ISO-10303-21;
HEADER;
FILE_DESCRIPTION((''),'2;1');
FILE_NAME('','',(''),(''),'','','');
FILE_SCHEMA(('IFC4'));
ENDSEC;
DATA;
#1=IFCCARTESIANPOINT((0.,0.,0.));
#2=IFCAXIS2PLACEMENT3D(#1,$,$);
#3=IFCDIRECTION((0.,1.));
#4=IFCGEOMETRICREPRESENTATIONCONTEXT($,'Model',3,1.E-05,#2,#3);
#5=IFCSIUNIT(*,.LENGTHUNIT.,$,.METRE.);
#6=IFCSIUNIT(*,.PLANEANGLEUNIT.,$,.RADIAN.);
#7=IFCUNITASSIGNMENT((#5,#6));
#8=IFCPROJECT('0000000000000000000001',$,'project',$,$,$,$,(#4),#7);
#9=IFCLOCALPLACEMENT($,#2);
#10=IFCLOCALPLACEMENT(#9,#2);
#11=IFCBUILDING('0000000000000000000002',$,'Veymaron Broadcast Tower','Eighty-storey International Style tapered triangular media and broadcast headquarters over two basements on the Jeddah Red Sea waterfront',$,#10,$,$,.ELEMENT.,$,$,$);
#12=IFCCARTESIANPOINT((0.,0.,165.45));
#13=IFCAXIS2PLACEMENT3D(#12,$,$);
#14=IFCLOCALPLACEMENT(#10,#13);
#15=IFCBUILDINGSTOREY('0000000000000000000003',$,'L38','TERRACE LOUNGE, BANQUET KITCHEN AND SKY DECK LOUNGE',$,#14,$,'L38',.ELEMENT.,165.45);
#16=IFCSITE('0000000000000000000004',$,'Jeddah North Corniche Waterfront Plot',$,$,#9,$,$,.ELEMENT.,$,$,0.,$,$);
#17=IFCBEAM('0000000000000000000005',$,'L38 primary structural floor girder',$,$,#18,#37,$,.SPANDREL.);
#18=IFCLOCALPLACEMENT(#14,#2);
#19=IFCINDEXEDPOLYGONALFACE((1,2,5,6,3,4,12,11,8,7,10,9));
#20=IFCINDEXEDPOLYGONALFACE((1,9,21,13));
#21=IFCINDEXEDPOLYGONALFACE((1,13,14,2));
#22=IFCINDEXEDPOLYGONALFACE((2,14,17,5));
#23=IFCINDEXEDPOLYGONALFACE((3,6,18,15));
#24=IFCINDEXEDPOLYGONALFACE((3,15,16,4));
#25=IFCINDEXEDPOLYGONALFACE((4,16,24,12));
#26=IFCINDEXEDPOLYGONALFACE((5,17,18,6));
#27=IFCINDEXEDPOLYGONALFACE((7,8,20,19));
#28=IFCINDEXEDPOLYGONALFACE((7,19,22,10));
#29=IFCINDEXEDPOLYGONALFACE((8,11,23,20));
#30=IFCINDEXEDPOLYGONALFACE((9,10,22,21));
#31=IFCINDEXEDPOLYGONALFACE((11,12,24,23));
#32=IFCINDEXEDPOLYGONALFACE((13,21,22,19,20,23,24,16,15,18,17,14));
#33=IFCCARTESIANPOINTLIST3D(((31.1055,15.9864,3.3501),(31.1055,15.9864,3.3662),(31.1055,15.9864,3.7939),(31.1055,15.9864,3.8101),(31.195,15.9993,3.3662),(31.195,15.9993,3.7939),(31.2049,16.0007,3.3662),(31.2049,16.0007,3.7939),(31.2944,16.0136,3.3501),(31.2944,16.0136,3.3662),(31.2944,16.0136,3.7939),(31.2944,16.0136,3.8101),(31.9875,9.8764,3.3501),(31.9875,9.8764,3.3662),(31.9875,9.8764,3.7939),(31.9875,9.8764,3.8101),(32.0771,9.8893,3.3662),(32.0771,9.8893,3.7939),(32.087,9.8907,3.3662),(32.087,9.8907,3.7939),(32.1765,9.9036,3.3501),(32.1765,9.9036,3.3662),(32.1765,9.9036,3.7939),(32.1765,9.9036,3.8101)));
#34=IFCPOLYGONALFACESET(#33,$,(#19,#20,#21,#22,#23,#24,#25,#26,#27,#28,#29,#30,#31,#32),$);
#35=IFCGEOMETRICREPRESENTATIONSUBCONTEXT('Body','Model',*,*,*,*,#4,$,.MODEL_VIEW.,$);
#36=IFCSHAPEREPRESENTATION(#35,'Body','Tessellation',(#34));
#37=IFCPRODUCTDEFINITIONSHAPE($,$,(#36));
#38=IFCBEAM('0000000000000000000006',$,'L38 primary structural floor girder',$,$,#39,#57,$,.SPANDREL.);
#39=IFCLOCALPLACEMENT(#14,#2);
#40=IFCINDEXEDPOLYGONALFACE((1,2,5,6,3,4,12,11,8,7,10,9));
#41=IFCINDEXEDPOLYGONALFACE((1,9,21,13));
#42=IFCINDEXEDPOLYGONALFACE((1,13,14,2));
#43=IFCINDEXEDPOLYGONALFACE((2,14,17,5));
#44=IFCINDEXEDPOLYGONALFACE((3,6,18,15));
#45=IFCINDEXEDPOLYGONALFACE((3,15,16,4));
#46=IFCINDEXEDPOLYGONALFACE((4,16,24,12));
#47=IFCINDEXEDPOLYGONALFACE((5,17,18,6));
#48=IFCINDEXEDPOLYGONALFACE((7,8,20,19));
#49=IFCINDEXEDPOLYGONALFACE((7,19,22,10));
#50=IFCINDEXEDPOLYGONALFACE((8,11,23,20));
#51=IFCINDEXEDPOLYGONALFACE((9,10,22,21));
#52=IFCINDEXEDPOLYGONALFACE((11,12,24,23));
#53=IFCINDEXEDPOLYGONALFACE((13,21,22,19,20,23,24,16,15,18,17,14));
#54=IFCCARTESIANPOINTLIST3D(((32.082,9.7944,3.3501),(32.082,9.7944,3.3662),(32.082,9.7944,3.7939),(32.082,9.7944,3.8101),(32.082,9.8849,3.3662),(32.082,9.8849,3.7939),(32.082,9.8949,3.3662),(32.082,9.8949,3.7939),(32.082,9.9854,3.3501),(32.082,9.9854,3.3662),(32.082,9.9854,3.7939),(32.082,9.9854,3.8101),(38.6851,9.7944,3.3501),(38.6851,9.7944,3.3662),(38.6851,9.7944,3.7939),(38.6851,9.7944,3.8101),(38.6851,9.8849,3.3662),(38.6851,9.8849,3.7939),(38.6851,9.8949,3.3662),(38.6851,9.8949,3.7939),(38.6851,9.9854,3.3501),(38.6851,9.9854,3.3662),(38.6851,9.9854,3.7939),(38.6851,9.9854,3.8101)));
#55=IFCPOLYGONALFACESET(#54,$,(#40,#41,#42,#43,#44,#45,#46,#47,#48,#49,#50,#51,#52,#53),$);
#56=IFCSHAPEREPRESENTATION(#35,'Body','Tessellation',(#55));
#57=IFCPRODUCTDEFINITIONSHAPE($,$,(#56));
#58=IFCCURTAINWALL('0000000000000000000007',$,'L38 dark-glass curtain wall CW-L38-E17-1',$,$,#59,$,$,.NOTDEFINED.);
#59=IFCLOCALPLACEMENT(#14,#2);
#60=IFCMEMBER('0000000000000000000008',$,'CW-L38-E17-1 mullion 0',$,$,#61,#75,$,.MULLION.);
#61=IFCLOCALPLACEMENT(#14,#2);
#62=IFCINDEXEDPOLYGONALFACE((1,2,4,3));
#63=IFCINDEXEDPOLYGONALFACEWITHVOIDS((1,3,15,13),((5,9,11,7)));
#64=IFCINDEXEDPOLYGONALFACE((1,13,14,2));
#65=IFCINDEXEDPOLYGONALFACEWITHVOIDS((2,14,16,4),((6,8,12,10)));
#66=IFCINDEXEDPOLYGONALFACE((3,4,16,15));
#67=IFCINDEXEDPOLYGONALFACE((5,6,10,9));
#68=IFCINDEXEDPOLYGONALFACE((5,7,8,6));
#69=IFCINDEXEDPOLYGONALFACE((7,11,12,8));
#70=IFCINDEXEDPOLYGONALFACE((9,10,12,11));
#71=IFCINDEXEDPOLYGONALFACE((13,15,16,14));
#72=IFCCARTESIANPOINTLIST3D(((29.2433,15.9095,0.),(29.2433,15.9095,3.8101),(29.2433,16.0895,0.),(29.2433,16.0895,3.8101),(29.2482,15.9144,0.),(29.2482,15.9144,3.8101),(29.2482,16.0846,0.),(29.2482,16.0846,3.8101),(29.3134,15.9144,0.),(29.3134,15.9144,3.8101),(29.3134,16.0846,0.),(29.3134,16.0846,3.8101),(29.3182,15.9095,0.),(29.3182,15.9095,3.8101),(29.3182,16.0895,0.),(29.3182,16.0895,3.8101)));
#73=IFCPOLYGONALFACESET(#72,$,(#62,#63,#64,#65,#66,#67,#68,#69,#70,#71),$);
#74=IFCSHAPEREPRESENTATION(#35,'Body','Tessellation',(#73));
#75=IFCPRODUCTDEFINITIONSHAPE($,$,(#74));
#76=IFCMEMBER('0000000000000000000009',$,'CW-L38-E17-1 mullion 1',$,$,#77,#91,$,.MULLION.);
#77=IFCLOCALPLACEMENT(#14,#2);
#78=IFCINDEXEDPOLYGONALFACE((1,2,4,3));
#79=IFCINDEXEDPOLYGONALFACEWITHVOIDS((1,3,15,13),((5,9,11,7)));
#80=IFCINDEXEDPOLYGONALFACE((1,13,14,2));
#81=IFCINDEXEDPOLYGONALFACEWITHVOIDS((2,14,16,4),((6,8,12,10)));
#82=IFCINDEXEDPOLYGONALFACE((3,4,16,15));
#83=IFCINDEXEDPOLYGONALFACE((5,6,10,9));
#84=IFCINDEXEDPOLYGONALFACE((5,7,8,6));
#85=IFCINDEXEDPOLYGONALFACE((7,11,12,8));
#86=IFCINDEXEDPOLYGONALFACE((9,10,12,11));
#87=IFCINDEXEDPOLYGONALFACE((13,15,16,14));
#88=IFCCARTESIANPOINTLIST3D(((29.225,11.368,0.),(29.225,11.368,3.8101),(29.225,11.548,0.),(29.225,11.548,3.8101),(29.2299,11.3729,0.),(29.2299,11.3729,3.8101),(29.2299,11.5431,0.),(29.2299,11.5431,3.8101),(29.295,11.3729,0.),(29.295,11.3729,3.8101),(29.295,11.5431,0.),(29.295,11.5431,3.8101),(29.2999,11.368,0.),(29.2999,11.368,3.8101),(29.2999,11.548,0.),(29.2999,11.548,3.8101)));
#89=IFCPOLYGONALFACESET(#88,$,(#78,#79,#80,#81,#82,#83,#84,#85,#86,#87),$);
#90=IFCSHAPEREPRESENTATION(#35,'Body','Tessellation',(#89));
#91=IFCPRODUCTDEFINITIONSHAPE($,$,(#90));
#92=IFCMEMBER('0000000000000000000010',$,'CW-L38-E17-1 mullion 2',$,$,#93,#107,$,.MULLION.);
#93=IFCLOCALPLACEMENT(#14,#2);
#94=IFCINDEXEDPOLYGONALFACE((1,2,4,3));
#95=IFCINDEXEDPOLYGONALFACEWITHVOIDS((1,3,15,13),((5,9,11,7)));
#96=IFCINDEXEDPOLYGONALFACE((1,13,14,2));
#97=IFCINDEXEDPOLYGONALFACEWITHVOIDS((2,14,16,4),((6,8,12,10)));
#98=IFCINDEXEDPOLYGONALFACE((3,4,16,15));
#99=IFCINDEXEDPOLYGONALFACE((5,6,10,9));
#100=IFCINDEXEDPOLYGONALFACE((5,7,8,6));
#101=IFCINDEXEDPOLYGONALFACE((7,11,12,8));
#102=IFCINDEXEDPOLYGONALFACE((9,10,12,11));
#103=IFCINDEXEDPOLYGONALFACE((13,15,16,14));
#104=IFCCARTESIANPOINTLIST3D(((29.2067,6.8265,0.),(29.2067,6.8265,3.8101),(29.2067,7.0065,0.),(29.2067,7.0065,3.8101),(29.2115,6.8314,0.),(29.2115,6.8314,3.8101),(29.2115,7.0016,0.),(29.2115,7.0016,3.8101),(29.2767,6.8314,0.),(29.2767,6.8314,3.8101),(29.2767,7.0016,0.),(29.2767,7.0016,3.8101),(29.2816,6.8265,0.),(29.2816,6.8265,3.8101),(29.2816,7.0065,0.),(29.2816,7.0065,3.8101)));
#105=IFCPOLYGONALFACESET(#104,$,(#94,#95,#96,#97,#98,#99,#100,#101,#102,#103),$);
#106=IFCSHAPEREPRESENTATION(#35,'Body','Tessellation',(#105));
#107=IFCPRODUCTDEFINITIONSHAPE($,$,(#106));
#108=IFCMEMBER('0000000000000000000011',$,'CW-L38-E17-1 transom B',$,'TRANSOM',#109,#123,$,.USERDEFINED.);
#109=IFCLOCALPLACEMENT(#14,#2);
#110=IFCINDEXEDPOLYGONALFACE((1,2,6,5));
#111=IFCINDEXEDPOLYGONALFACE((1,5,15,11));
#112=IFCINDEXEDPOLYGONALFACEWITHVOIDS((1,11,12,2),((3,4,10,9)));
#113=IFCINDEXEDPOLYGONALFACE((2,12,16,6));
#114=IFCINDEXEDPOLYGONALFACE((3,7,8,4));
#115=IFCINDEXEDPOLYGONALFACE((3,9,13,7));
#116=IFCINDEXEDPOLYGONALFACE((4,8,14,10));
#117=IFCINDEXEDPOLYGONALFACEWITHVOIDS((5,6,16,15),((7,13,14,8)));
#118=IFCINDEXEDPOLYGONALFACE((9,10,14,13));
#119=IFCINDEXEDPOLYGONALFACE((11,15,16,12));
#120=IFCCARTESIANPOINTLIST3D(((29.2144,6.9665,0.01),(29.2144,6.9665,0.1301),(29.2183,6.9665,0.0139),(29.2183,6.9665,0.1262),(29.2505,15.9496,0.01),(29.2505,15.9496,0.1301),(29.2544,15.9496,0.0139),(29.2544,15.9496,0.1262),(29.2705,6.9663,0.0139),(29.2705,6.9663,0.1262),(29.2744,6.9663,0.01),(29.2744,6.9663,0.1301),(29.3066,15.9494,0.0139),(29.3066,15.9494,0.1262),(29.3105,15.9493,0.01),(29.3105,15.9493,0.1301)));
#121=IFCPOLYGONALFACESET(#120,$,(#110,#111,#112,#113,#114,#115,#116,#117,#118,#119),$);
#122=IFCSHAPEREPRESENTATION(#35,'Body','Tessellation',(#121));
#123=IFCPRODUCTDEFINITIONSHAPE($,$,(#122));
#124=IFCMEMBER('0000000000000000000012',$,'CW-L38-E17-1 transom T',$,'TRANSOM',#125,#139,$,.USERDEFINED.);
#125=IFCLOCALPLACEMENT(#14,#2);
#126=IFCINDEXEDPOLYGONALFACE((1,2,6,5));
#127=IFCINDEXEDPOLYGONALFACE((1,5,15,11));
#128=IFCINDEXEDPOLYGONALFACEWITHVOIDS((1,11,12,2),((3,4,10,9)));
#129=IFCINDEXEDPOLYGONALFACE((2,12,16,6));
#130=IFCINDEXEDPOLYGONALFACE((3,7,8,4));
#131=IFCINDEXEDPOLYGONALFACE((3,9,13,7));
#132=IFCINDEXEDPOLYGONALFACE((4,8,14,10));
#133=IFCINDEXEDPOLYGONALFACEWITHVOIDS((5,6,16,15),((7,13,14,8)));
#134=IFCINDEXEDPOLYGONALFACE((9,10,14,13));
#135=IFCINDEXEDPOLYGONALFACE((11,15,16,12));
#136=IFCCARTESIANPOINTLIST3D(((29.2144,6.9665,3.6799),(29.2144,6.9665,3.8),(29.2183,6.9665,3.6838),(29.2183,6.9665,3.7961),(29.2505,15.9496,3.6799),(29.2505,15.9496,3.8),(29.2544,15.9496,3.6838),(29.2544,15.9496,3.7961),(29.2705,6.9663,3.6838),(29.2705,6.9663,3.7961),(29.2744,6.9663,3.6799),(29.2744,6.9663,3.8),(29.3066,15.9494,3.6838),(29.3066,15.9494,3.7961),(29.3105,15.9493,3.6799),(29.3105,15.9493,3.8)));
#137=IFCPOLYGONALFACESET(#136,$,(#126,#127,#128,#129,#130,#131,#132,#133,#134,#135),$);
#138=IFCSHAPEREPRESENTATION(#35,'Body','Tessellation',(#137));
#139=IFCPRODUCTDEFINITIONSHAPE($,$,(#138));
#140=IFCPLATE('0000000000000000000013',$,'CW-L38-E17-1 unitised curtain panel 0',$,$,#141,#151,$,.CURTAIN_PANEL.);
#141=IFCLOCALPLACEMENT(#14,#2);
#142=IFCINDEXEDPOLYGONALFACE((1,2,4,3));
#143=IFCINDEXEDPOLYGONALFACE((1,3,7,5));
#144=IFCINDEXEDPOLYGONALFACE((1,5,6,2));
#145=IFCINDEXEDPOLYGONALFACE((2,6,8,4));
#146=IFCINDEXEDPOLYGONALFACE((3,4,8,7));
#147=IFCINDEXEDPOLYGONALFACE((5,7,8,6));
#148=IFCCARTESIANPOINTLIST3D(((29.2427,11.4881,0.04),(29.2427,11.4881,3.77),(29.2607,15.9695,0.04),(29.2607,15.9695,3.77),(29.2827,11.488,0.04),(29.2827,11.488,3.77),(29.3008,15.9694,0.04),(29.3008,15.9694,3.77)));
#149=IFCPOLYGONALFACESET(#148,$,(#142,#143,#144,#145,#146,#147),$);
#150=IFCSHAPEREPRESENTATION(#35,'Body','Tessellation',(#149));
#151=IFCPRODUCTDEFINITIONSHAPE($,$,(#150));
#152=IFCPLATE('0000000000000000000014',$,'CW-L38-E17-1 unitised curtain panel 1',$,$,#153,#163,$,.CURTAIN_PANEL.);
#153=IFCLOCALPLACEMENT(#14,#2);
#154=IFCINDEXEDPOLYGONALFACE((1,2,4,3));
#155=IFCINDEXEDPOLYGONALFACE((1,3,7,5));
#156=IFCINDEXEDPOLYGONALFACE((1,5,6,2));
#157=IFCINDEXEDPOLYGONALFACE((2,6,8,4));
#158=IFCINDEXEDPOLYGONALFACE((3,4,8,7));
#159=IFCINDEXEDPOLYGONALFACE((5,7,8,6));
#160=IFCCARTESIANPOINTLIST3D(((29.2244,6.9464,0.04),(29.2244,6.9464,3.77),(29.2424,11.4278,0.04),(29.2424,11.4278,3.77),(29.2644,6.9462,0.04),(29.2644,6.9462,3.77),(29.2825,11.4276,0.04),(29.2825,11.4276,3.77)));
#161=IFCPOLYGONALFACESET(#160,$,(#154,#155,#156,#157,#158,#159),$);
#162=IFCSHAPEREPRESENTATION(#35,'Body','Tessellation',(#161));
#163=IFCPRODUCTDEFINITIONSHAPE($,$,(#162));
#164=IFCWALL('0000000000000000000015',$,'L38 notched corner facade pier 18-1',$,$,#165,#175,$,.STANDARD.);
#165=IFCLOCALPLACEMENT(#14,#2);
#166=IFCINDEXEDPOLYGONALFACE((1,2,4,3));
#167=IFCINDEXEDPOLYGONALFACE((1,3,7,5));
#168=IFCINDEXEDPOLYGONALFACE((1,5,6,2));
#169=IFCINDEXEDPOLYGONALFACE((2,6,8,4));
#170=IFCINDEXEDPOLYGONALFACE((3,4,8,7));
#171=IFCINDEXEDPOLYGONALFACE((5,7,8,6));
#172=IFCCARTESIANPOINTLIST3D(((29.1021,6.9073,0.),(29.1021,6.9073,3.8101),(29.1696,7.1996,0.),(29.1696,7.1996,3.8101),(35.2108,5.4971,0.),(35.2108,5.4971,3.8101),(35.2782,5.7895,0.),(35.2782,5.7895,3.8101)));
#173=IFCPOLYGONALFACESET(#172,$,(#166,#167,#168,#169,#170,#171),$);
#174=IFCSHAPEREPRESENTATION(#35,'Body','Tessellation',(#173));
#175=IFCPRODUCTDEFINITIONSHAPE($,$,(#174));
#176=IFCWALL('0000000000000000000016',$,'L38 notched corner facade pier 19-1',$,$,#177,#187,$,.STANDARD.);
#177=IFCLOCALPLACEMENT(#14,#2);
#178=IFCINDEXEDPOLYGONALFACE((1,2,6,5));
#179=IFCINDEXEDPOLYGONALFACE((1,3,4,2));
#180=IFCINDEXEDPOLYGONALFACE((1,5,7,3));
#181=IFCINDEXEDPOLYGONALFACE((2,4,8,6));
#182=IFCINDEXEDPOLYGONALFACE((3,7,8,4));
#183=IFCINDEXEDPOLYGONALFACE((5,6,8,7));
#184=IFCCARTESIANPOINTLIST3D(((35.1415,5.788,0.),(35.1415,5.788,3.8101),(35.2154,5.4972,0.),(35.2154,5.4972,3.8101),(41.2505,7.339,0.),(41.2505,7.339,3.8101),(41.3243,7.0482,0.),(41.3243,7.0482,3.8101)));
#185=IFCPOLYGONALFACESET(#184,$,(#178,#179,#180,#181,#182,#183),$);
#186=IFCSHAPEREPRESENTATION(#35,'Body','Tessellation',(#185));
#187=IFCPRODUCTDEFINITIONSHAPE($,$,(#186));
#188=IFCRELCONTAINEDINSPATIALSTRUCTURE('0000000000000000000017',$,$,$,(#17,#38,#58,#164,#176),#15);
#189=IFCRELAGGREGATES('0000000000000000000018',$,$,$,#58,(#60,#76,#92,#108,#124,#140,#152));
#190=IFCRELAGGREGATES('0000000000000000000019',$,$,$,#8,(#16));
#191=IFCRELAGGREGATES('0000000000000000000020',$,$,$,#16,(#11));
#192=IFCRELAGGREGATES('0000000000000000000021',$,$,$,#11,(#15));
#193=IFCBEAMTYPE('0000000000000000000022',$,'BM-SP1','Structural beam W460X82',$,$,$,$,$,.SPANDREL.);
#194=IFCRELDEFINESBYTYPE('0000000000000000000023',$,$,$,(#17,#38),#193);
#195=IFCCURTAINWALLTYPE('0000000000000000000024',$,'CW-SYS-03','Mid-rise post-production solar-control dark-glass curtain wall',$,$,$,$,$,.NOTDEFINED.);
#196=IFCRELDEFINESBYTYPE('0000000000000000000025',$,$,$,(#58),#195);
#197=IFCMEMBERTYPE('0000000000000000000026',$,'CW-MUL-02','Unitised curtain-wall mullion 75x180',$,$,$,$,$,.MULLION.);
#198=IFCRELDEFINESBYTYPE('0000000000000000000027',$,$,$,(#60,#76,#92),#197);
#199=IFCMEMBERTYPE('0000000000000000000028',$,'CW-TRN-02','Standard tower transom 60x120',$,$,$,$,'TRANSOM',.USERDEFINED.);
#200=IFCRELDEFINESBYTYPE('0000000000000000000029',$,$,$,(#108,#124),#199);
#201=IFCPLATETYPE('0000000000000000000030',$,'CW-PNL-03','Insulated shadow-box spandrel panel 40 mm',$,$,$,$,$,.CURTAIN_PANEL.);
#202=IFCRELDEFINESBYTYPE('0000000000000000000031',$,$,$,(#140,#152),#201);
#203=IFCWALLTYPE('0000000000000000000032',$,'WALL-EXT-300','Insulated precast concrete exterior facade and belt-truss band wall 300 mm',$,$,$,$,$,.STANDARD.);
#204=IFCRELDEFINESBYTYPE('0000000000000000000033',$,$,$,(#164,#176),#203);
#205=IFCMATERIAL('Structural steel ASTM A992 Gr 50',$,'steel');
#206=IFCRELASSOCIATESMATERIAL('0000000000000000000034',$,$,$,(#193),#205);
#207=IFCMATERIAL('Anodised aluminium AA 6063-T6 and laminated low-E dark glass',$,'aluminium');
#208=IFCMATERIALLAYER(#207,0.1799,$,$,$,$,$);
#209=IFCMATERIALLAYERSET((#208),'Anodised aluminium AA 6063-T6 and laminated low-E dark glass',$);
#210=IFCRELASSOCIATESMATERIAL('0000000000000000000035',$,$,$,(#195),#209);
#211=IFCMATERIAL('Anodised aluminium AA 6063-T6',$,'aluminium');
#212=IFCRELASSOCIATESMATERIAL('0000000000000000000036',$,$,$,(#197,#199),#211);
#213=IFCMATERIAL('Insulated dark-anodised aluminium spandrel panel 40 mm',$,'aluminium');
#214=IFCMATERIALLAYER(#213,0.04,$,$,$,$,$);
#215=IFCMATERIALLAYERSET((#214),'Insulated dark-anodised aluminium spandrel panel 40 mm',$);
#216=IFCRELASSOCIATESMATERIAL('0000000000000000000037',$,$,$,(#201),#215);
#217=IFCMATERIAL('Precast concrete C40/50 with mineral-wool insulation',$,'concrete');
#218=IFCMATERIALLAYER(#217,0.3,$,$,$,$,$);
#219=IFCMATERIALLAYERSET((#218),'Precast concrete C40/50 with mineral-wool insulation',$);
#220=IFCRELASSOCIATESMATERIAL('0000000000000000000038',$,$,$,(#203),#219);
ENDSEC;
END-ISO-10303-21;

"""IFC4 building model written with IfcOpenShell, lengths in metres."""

from ifc_helpers import new_model, si_unit, direction, frame, frame_2d, origin, origin_2d, place, context, subcontext, project, spatial, rectangle, hollow_rectangle, i_section, extrude, material, layer, layer_set, material_profile, profile_set, type_object, element, aggregate, save


model = new_model("IFC4")

# Units and contexts
model_context = context("Model", 3, precision=1e-05, world=origin(), true_north=direction((0.0, 1.0)))
body_context = subcontext(model_context, "Body", "Model", "MODEL_VIEW")
ifc_project = project(units=[si_unit("LENGTHUNIT", "METRE"), si_unit("PLANEANGLEUNIT", "RADIAN")], contexts=[model_context])

# Site, building, storey
site_placement = place(None, origin())
site = spatial("IfcSite", under=ifc_project, at=site_placement, Name="Jeddah North Corniche Waterfront Plot", CompositionType="ELEMENT", RefElevation=0.0)
building_placement = place(site_placement, origin())
building = spatial("IfcBuilding", under=site, at=building_placement, Name="Veymaron Broadcast Tower", Description="Eighty-storey International Style tapered triangular media and broadcast headquarters over two basements on the Jeddah Red Sea waterfront", CompositionType="ELEMENT")
storey_placement = place(building_placement, frame((0.0, 0.0, 165.45)))
storey = spatial("IfcBuildingStorey", under=building, at=storey_placement, Name="L38", Description="TERRACE LOUNGE, BANQUET KITCHEN AND SKY DECK LOUNGE", LongName="L38", CompositionType="ELEMENT", Elevation=165.45)

# Shared definitions
ifc_material_1 = material(Name="Structural steel ASTM A992 Gr 50", Category="steel")

# Beams
ifc_material_profile_1 = material_profile(ifc_material_1, i_section(OverallWidth=0.1909, OverallDepth=0.46, WebThickness=0.01, FlangeThickness=0.0161, at=origin_2d()), Name="W460X82")
ifc_profile_set_1 = profile_set([ifc_material_profile_1], Name="Structural steel ASTM A992 Gr 50")
beam_type_1 = type_object("IfcBeamType", Name="BM-SP1", Description="Structural beam W460X82", PredefinedType="SPANDREL", material=ifc_profile_set_1)
beam_1_placement = place(storey_placement, frame((31.2, 16.0, 3.5801), z_axis=(0.142883, -0.98974, 0.0), x_axis=(0.98974, 0.142883, 0.0)))
element("IfcBeam", 1, at=beam_1_placement, inside=storey, type_object=beam_type_1, Name="L38 primary structural floor girder", PredefinedType="SPANDREL", context=body_context, shape_type="SweptSolid", body=[
    extrude(i_section(OverallWidth=0.1909, OverallDepth=0.46, WebThickness=0.01, FlangeThickness=0.0161, at=origin_2d()), origin(), (0.0, 0.0, 1.0), 6.1733),
])
beam_2_placement = place(storey_placement, frame((32.082, 9.8899, 3.5801), z_axis=(1.0, 0.0, 0.0), x_axis=(0.0, 1.0, 0.0)))
element("IfcBeam", 2, at=beam_2_placement, inside=storey, type_object=beam_type_1, Name="L38 primary structural floor girder", PredefinedType="SPANDREL", context=body_context, shape_type="SweptSolid", body=[
    extrude(i_section(OverallWidth=0.1909, OverallDepth=0.46, WebThickness=0.01, FlangeThickness=0.0161, at=origin_2d()), origin(), (0.0, 0.0, 1.0), 6.603),
])

# Curtain wall, members, plates
ifc_material_2 = material(Name="Anodised aluminium AA 6063-T6 and laminated low-E dark glass", Category="aluminium")
ifc_layer_1 = layer(ifc_material_2, 0.1799)
ifc_layer_set_1 = layer_set([ifc_layer_1], Name="Anodised aluminium AA 6063-T6 and laminated low-E dark glass")
curtain_wall_type = type_object("IfcCurtainWallType", Name="CW-SYS-03", Description="Mid-rise post-production solar-control dark-glass curtain wall", PredefinedType="NOTDEFINED", material=ifc_layer_set_1)
curtain_wall_placement = place(storey_placement, origin())
curtain_wall = element("IfcCurtainWall", 3, at=curtain_wall_placement, inside=storey, type_object=curtain_wall_type, Name="L38 dark-glass curtain wall CW-L38-E17-1", PredefinedType="NOTDEFINED")
ifc_material_3 = material(Name="Anodised aluminium AA 6063-T6", Category="aluminium")
ifc_material_profile_2 = material_profile(ifc_material_3, hollow_rectangle(XDim=0.075, YDim=0.1799, WallThickness=0.0049, at=origin_2d()), Name="AL180X75X5")
ifc_profile_set_2 = profile_set([ifc_material_profile_2], Name="Anodised aluminium AA 6063-T6")
member_type_1 = type_object("IfcMemberType", Name="CW-MUL-02", Description="Unitised curtain-wall mullion 75x180", PredefinedType="MULLION", material=ifc_profile_set_2)
member_1_placement = place(storey_placement, frame((29.2808, 15.9995, 0.0), z_axis=(0.0, 0.0, 1.0), x_axis=(1.0, 0.0, 0.0)))
member_1 = element("IfcMember", 4, at=member_1_placement, type_object=member_type_1, Name="CW-L38-E17-1 mullion 0", PredefinedType="MULLION", context=body_context, shape_type="SweptSolid", body=[
    extrude(hollow_rectangle(XDim=0.075, YDim=0.1799, WallThickness=0.0049, at=origin_2d()), origin(), (0.0, 0.0, 1.0), 3.8101),
])
member_2_placement = place(storey_placement, frame((29.2625, 11.458, 0.0), z_axis=(0.0, 0.0, 1.0), x_axis=(1.0, 0.0, 0.0)))
member_2 = element("IfcMember", 5, at=member_2_placement, type_object=member_type_1, Name="CW-L38-E17-1 mullion 1", PredefinedType="MULLION", context=body_context, shape_type="SweptSolid", body=[
    extrude(hollow_rectangle(XDim=0.075, YDim=0.1799, WallThickness=0.0049, at=origin_2d()), origin(), (0.0, 0.0, 1.0), 3.8101),
])
member_3_placement = place(storey_placement, frame((29.2441, 6.9165, 0.0), z_axis=(0.0, 0.0, 1.0), x_axis=(1.0, 0.0, 0.0)))
member_3 = element("IfcMember", 6, at=member_3_placement, type_object=member_type_1, Name="CW-L38-E17-1 mullion 2", PredefinedType="MULLION", context=body_context, shape_type="SweptSolid", body=[
    extrude(hollow_rectangle(XDim=0.075, YDim=0.1799, WallThickness=0.0049, at=origin_2d()), origin(), (0.0, 0.0, 1.0), 3.8101),
])
ifc_material_profile_3 = material_profile(ifc_material_3, hollow_rectangle(XDim=0.0601, YDim=0.1201, WallThickness=0.0039, at=origin_2d()), Name="AL120X60X4")
ifc_profile_set_3 = profile_set([ifc_material_profile_3], Name="Anodised aluminium AA 6063-T6")
member_type_2 = type_object("IfcMemberType", Name="CW-TRN-02", Description="Standard tower transom 60x120", ElementType="TRANSOM", PredefinedType="USERDEFINED", material=ifc_profile_set_3)
member_4_placement = place(storey_placement, frame((29.2805, 15.9495, 0.0701), z_axis=(-0.004022, -0.999992, 0.0), x_axis=(0.999992, -0.004022, 0.0)))
member_4 = element("IfcMember", 7, at=member_4_placement, type_object=member_type_2, Name="CW-L38-E17-1 transom B", ObjectType="TRANSOM", PredefinedType="USERDEFINED", context=body_context, shape_type="SweptSolid", body=[
    extrude(hollow_rectangle(XDim=0.0601, YDim=0.1201, WallThickness=0.0039, at=origin_2d()), origin(), (0.0, 0.0, 1.0), 8.9832),
])
member_5_placement = place(storey_placement, frame((29.2805, 15.9495, 3.74), z_axis=(-0.004022, -0.999992, 0.0), x_axis=(0.999992, -0.004022, 0.0)))
member_5 = element("IfcMember", 8, at=member_5_placement, type_object=member_type_2, Name="CW-L38-E17-1 transom T", ObjectType="TRANSOM", PredefinedType="USERDEFINED", context=body_context, shape_type="SweptSolid", body=[
    extrude(hollow_rectangle(XDim=0.0601, YDim=0.1201, WallThickness=0.0039, at=origin_2d()), origin(), (0.0, 0.0, 1.0), 8.9832),
])
ifc_material_4 = material(Name="Insulated dark-anodised aluminium spandrel panel 40 mm", Category="aluminium")
ifc_layer_2 = layer(ifc_material_4, 0.04)
ifc_layer_set_2 = layer_set([ifc_layer_2], Name="Insulated dark-anodised aluminium spandrel panel 40 mm")
plate_type = type_object("IfcPlateType", Name="CW-PNL-03", Description="Insulated shadow-box spandrel panel 40 mm", PredefinedType="CURTAIN_PANEL", material=ifc_layer_set_2)
plate_1_placement = place(storey_placement, frame((29.2717, 13.7288, 0.04), z_axis=(0.0, 0.0, 1.0), x_axis=(-0.004032, -0.999992, 0.0)))
plate_1 = element("IfcPlate", 9, at=plate_1_placement, type_object=plate_type, Name="CW-L38-E17-1 unitised curtain panel 0", PredefinedType="CURTAIN_PANEL", context=body_context, shape_type="SweptSolid", body=[
    extrude(rectangle(XDim=4.4814, YDim=0.04, at=origin_2d()), origin(), (0.0, 0.0, 1.0), 3.73),
])
plate_2_placement = place(storey_placement, frame((29.2534, 9.187, 0.04), z_axis=(0.0, 0.0, 1.0), x_axis=(-0.004032, -0.999992, 0.0)))
plate_2 = element("IfcPlate", 10, at=plate_2_placement, type_object=plate_type, Name="CW-L38-E17-1 unitised curtain panel 1", PredefinedType="CURTAIN_PANEL", context=body_context, shape_type="SweptSolid", body=[
    extrude(rectangle(XDim=4.4814, YDim=0.04, at=origin_2d()), origin(), (0.0, 0.0, 1.0), 3.73),
])
aggregate(curtain_wall, [member_1, member_2, member_3, member_4, member_5, plate_1, plate_2])

# Walls
ifc_material_5 = material(Name="Precast concrete C40/50 with mineral-wool insulation", Category="concrete")
ifc_layer_3 = layer(ifc_material_5, 0.3)
ifc_layer_set_3 = layer_set([ifc_layer_3], Name="Precast concrete C40/50 with mineral-wool insulation")
wall_type_1 = type_object("IfcWallType", Name="WALL-EXT-300", Description="Insulated precast concrete exterior facade and belt-truss band wall 300 mm", PredefinedType="STANDARD", material=ifc_layer_set_3)
wall_1_placement = place(storey_placement, frame((29.1357, 7.0535, 0.0), z_axis=(0.0, 0.0, 1.0), x_axis=(0.974375, -0.224931, 0.0)))
element("IfcWall", 11, at=wall_1_placement, inside=storey, type_object=wall_type_1, Name="L38 notched corner facade pier 18-1", PredefinedType="STANDARD", context=body_context, shape_type="SweptSolid", body=[
    extrude(rectangle(XDim=6.2693, YDim=0.3, at=frame_2d((3.1348, 0.0))), origin(), (0.0, 0.0, 1.0), 3.8101),
])
wall_2_placement = place(storey_placement, frame((35.1785, 5.6426, 0.0), z_axis=(0.0, 0.0, 1.0), x_axis=(0.969247, 0.246089, 0.0)))
element("IfcWall", 12, at=wall_2_placement, inside=storey, type_object=wall_type_1, Name="L38 notched corner facade pier 19-1", PredefinedType="STANDARD", context=body_context, shape_type="SweptSolid", body=[
    extrude(rectangle(XDim=6.3027, YDim=0.3, at=frame_2d((3.1514, 0.0))), origin(), (0.0, 0.0, 1.0), 3.8101),
])

save(model, "model.ifc")
